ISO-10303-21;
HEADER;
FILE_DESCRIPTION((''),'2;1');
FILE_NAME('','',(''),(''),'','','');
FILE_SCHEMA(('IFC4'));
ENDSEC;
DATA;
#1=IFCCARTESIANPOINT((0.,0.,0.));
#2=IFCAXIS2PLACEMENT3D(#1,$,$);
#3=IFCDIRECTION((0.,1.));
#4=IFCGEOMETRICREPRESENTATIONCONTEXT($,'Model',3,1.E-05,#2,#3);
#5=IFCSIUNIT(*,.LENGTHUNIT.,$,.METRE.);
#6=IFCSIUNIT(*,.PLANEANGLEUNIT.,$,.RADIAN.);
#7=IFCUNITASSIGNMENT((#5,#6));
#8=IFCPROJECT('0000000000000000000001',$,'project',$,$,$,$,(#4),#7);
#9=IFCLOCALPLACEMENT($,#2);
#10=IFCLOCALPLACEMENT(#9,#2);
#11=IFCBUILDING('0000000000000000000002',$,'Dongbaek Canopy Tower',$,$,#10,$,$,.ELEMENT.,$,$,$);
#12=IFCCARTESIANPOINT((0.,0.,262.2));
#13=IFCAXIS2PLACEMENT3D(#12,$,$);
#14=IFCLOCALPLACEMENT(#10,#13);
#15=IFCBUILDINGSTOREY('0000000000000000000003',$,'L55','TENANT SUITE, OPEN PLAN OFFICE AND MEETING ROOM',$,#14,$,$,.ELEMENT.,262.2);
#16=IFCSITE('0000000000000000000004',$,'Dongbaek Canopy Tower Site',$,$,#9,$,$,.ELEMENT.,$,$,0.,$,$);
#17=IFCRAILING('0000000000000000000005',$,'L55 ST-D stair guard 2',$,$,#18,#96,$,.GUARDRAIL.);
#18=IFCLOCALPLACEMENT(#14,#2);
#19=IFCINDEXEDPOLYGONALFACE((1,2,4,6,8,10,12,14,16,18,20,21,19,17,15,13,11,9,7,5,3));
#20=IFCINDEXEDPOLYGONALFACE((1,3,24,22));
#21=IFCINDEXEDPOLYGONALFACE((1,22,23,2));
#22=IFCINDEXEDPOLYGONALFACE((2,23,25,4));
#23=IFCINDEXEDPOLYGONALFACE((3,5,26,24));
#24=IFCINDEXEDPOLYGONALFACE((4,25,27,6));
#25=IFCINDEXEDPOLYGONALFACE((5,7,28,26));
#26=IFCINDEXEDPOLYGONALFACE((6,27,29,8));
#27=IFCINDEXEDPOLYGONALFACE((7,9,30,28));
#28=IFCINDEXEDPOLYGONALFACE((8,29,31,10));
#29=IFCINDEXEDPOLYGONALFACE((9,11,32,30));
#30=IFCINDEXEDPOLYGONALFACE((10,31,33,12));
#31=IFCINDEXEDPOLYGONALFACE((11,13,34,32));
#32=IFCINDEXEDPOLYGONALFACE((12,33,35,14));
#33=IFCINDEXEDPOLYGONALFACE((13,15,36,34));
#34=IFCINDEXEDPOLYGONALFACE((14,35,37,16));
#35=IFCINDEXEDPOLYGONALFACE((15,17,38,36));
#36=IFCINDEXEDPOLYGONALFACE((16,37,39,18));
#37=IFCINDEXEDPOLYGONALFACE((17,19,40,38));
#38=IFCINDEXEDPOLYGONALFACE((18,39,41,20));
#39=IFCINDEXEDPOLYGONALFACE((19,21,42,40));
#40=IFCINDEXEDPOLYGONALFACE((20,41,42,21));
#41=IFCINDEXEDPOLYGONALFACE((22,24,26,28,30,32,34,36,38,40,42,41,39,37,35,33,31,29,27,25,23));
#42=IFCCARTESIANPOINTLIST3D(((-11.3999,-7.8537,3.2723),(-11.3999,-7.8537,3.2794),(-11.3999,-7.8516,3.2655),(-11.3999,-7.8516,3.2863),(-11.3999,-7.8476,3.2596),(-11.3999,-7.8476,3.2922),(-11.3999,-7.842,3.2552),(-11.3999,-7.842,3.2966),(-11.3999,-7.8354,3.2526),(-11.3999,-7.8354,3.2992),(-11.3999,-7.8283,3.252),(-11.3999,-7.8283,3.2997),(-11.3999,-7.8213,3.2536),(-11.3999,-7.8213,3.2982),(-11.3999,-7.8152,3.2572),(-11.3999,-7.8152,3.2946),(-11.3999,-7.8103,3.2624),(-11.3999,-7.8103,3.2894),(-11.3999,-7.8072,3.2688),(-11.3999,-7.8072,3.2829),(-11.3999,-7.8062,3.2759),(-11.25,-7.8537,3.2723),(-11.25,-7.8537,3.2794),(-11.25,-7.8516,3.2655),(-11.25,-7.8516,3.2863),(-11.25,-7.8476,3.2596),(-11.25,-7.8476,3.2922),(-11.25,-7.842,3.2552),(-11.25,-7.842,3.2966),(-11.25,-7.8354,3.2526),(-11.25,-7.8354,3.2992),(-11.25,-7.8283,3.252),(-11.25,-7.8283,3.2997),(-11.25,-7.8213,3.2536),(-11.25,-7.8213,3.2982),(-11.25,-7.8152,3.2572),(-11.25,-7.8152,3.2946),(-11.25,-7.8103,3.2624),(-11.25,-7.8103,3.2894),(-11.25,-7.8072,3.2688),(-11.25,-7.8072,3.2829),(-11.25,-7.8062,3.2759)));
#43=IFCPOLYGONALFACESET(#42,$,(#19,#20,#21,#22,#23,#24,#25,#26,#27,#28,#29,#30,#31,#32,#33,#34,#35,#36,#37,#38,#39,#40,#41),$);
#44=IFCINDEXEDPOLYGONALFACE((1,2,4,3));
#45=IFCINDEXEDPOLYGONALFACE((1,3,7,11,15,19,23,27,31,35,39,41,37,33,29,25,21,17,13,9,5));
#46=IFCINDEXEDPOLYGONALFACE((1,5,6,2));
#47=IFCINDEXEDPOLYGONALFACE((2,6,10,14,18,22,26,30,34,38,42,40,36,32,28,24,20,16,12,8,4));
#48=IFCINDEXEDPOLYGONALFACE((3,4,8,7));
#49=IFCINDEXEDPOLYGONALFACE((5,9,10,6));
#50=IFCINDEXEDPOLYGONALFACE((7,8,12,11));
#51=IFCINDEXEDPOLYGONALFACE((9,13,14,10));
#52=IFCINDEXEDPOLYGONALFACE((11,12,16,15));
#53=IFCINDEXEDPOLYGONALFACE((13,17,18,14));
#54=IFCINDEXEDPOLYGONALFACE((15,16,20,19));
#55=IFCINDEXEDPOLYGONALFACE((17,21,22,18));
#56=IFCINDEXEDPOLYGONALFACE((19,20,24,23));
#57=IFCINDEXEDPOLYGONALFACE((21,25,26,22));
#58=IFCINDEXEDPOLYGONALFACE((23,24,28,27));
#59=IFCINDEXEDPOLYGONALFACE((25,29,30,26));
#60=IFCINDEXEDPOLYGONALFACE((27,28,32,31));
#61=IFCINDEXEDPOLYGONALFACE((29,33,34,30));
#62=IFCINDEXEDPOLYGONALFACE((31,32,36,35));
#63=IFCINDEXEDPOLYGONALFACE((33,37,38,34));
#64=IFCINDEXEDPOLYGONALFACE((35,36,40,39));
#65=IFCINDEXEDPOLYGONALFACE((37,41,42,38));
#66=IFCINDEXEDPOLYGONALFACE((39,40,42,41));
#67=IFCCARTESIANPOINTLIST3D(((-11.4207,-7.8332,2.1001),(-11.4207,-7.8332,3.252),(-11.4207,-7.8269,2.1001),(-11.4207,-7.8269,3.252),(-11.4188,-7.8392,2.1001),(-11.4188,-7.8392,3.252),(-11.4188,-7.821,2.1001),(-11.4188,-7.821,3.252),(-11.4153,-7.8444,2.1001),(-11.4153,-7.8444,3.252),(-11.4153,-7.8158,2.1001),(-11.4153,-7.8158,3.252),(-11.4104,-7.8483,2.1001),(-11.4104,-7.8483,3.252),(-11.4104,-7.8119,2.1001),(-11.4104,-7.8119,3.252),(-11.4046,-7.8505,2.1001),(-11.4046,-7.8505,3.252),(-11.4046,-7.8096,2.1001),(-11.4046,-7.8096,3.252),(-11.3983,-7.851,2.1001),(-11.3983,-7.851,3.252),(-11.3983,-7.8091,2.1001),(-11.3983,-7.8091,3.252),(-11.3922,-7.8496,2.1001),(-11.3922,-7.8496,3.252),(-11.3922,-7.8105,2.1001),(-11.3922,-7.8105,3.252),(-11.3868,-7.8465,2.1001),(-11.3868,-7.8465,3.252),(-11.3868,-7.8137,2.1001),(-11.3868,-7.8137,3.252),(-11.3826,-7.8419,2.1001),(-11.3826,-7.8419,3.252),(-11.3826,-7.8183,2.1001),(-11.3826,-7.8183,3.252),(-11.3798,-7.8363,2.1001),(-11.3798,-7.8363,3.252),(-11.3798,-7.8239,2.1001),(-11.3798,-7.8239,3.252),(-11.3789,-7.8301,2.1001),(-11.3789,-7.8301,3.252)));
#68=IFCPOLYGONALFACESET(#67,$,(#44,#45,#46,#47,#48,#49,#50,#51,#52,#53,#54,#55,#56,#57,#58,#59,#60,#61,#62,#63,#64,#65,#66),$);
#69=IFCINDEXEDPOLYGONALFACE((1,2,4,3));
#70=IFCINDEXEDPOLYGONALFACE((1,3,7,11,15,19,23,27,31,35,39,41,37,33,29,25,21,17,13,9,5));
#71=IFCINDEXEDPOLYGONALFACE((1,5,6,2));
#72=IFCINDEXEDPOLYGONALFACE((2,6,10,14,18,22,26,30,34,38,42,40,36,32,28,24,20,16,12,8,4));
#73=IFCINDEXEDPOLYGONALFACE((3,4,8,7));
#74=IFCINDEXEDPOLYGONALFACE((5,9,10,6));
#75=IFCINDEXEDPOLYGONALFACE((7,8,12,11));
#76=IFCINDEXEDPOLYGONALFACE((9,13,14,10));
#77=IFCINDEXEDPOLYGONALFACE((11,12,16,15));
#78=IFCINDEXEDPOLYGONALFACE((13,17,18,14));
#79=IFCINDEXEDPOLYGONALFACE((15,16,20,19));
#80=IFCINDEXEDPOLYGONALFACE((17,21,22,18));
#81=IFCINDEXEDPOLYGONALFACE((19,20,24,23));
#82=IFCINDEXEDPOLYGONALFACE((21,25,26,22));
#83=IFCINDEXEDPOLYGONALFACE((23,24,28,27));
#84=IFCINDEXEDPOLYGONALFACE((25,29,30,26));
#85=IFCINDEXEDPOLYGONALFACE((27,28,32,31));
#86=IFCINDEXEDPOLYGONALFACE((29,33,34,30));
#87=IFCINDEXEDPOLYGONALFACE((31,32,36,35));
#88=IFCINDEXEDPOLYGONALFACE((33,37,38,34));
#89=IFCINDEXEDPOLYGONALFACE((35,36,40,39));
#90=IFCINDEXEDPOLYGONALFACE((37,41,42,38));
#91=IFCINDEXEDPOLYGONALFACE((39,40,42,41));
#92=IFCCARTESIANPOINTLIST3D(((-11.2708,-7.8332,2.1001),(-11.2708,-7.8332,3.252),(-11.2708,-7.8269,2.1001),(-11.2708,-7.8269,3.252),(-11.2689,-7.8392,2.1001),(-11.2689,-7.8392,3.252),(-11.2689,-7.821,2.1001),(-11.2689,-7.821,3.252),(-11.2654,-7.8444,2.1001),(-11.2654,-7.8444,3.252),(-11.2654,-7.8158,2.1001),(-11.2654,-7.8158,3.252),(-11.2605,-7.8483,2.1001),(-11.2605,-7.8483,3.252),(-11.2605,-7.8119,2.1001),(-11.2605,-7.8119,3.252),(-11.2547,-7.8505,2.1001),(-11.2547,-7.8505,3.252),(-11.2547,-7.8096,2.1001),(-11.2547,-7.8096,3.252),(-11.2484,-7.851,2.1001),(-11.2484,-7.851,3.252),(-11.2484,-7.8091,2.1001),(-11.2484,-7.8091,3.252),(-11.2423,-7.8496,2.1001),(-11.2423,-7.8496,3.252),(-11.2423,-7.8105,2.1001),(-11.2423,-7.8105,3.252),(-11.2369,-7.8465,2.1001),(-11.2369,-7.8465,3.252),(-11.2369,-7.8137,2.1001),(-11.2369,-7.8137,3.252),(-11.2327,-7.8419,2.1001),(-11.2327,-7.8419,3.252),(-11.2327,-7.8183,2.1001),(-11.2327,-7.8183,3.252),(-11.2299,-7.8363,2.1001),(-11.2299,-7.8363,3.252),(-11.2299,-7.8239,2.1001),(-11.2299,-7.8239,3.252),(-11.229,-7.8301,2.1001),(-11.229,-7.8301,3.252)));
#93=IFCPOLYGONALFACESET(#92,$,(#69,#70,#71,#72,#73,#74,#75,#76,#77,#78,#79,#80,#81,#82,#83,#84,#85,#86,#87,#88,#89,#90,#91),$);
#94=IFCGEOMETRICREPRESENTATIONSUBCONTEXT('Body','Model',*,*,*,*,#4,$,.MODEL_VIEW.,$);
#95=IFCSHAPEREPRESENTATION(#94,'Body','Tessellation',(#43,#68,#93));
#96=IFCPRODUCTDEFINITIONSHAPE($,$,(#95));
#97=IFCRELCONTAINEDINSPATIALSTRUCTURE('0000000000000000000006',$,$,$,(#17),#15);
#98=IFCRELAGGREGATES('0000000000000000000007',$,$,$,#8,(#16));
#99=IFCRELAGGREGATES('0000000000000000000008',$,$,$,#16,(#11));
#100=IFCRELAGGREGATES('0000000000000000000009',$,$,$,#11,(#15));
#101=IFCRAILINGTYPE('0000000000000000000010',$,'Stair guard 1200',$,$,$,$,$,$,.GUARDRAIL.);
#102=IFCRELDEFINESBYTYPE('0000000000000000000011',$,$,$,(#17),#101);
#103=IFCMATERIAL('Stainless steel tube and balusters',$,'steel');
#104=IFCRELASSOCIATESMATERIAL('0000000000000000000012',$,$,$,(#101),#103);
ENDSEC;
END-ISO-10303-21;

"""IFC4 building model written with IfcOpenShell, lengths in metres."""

from ifc_helpers import new_model, si_unit, direction, frame, origin, origin_2d, place, context, subcontext, project, spatial, circle, extrude, material, type_object, element, save


model = new_model("IFC4")

# Units and contexts
model_context = context("Model", 3, precision=1e-05, world=origin(), true_north=direction((0.0, 1.0)))
body_context = subcontext(model_context, "Body", "Model", "MODEL_VIEW")
ifc_project = project(units=[si_unit("LENGTHUNIT", "METRE"), si_unit("PLANEANGLEUNIT", "RADIAN")], contexts=[model_context])

# Site, building, storey
site_placement = place(None, origin())
site = spatial("IfcSite", under=ifc_project, at=site_placement, Name="Dongbaek Canopy Tower Site", CompositionType="ELEMENT", RefElevation=0.0)
building_placement = place(site_placement, origin())
building = spatial("IfcBuilding", under=site, at=building_placement, Name="Dongbaek Canopy Tower", CompositionType="ELEMENT")
storey_placement = place(building_placement, frame((0.0, 0.0, 262.2)))
storey = spatial("IfcBuildingStorey", under=building, at=storey_placement, Name="L55", Description="TENANT SUITE, OPEN PLAN OFFICE AND MEETING ROOM", CompositionType="ELEMENT", Elevation=262.2)

# Railing
ifc_material_1 = material(Name="Stainless steel tube and balusters", Category="steel")
railing_type_1 = type_object("IfcRailingType", Name="Stair guard 1200", PredefinedType="GUARDRAIL", material=ifc_material_1)
railing_1_placement = place(storey_placement, frame((-11.3999, -7.8301, 2.1001)))
element("IfcRailing", 1, at=railing_1_placement, inside=storey, type_object=railing_type_1, Name="L55 ST-D stair guard 2", PredefinedType="GUARDRAIL", context=body_context, shape_type="SweptSolid", body=[
    extrude(circle(Radius=0.0239, at=origin_2d()), frame((0.0, 0.0, 1.1758), z_axis=(1.0, 0.0, 0.0), x_axis=(0.0, 1.0, 0.0)), (0.0, 0.0, 1.0), 0.1499),
    extrude(circle(Radius=0.021, at=origin_2d()), origin(), (0.0, 0.0, 1.0), 1.1519),
    extrude(circle(Radius=0.021, at=origin_2d()), frame((0.1499, 0.0, 0.0)), (0.0, 0.0, 1.0), 1.1519),
])

save(model, "model.ifc")
